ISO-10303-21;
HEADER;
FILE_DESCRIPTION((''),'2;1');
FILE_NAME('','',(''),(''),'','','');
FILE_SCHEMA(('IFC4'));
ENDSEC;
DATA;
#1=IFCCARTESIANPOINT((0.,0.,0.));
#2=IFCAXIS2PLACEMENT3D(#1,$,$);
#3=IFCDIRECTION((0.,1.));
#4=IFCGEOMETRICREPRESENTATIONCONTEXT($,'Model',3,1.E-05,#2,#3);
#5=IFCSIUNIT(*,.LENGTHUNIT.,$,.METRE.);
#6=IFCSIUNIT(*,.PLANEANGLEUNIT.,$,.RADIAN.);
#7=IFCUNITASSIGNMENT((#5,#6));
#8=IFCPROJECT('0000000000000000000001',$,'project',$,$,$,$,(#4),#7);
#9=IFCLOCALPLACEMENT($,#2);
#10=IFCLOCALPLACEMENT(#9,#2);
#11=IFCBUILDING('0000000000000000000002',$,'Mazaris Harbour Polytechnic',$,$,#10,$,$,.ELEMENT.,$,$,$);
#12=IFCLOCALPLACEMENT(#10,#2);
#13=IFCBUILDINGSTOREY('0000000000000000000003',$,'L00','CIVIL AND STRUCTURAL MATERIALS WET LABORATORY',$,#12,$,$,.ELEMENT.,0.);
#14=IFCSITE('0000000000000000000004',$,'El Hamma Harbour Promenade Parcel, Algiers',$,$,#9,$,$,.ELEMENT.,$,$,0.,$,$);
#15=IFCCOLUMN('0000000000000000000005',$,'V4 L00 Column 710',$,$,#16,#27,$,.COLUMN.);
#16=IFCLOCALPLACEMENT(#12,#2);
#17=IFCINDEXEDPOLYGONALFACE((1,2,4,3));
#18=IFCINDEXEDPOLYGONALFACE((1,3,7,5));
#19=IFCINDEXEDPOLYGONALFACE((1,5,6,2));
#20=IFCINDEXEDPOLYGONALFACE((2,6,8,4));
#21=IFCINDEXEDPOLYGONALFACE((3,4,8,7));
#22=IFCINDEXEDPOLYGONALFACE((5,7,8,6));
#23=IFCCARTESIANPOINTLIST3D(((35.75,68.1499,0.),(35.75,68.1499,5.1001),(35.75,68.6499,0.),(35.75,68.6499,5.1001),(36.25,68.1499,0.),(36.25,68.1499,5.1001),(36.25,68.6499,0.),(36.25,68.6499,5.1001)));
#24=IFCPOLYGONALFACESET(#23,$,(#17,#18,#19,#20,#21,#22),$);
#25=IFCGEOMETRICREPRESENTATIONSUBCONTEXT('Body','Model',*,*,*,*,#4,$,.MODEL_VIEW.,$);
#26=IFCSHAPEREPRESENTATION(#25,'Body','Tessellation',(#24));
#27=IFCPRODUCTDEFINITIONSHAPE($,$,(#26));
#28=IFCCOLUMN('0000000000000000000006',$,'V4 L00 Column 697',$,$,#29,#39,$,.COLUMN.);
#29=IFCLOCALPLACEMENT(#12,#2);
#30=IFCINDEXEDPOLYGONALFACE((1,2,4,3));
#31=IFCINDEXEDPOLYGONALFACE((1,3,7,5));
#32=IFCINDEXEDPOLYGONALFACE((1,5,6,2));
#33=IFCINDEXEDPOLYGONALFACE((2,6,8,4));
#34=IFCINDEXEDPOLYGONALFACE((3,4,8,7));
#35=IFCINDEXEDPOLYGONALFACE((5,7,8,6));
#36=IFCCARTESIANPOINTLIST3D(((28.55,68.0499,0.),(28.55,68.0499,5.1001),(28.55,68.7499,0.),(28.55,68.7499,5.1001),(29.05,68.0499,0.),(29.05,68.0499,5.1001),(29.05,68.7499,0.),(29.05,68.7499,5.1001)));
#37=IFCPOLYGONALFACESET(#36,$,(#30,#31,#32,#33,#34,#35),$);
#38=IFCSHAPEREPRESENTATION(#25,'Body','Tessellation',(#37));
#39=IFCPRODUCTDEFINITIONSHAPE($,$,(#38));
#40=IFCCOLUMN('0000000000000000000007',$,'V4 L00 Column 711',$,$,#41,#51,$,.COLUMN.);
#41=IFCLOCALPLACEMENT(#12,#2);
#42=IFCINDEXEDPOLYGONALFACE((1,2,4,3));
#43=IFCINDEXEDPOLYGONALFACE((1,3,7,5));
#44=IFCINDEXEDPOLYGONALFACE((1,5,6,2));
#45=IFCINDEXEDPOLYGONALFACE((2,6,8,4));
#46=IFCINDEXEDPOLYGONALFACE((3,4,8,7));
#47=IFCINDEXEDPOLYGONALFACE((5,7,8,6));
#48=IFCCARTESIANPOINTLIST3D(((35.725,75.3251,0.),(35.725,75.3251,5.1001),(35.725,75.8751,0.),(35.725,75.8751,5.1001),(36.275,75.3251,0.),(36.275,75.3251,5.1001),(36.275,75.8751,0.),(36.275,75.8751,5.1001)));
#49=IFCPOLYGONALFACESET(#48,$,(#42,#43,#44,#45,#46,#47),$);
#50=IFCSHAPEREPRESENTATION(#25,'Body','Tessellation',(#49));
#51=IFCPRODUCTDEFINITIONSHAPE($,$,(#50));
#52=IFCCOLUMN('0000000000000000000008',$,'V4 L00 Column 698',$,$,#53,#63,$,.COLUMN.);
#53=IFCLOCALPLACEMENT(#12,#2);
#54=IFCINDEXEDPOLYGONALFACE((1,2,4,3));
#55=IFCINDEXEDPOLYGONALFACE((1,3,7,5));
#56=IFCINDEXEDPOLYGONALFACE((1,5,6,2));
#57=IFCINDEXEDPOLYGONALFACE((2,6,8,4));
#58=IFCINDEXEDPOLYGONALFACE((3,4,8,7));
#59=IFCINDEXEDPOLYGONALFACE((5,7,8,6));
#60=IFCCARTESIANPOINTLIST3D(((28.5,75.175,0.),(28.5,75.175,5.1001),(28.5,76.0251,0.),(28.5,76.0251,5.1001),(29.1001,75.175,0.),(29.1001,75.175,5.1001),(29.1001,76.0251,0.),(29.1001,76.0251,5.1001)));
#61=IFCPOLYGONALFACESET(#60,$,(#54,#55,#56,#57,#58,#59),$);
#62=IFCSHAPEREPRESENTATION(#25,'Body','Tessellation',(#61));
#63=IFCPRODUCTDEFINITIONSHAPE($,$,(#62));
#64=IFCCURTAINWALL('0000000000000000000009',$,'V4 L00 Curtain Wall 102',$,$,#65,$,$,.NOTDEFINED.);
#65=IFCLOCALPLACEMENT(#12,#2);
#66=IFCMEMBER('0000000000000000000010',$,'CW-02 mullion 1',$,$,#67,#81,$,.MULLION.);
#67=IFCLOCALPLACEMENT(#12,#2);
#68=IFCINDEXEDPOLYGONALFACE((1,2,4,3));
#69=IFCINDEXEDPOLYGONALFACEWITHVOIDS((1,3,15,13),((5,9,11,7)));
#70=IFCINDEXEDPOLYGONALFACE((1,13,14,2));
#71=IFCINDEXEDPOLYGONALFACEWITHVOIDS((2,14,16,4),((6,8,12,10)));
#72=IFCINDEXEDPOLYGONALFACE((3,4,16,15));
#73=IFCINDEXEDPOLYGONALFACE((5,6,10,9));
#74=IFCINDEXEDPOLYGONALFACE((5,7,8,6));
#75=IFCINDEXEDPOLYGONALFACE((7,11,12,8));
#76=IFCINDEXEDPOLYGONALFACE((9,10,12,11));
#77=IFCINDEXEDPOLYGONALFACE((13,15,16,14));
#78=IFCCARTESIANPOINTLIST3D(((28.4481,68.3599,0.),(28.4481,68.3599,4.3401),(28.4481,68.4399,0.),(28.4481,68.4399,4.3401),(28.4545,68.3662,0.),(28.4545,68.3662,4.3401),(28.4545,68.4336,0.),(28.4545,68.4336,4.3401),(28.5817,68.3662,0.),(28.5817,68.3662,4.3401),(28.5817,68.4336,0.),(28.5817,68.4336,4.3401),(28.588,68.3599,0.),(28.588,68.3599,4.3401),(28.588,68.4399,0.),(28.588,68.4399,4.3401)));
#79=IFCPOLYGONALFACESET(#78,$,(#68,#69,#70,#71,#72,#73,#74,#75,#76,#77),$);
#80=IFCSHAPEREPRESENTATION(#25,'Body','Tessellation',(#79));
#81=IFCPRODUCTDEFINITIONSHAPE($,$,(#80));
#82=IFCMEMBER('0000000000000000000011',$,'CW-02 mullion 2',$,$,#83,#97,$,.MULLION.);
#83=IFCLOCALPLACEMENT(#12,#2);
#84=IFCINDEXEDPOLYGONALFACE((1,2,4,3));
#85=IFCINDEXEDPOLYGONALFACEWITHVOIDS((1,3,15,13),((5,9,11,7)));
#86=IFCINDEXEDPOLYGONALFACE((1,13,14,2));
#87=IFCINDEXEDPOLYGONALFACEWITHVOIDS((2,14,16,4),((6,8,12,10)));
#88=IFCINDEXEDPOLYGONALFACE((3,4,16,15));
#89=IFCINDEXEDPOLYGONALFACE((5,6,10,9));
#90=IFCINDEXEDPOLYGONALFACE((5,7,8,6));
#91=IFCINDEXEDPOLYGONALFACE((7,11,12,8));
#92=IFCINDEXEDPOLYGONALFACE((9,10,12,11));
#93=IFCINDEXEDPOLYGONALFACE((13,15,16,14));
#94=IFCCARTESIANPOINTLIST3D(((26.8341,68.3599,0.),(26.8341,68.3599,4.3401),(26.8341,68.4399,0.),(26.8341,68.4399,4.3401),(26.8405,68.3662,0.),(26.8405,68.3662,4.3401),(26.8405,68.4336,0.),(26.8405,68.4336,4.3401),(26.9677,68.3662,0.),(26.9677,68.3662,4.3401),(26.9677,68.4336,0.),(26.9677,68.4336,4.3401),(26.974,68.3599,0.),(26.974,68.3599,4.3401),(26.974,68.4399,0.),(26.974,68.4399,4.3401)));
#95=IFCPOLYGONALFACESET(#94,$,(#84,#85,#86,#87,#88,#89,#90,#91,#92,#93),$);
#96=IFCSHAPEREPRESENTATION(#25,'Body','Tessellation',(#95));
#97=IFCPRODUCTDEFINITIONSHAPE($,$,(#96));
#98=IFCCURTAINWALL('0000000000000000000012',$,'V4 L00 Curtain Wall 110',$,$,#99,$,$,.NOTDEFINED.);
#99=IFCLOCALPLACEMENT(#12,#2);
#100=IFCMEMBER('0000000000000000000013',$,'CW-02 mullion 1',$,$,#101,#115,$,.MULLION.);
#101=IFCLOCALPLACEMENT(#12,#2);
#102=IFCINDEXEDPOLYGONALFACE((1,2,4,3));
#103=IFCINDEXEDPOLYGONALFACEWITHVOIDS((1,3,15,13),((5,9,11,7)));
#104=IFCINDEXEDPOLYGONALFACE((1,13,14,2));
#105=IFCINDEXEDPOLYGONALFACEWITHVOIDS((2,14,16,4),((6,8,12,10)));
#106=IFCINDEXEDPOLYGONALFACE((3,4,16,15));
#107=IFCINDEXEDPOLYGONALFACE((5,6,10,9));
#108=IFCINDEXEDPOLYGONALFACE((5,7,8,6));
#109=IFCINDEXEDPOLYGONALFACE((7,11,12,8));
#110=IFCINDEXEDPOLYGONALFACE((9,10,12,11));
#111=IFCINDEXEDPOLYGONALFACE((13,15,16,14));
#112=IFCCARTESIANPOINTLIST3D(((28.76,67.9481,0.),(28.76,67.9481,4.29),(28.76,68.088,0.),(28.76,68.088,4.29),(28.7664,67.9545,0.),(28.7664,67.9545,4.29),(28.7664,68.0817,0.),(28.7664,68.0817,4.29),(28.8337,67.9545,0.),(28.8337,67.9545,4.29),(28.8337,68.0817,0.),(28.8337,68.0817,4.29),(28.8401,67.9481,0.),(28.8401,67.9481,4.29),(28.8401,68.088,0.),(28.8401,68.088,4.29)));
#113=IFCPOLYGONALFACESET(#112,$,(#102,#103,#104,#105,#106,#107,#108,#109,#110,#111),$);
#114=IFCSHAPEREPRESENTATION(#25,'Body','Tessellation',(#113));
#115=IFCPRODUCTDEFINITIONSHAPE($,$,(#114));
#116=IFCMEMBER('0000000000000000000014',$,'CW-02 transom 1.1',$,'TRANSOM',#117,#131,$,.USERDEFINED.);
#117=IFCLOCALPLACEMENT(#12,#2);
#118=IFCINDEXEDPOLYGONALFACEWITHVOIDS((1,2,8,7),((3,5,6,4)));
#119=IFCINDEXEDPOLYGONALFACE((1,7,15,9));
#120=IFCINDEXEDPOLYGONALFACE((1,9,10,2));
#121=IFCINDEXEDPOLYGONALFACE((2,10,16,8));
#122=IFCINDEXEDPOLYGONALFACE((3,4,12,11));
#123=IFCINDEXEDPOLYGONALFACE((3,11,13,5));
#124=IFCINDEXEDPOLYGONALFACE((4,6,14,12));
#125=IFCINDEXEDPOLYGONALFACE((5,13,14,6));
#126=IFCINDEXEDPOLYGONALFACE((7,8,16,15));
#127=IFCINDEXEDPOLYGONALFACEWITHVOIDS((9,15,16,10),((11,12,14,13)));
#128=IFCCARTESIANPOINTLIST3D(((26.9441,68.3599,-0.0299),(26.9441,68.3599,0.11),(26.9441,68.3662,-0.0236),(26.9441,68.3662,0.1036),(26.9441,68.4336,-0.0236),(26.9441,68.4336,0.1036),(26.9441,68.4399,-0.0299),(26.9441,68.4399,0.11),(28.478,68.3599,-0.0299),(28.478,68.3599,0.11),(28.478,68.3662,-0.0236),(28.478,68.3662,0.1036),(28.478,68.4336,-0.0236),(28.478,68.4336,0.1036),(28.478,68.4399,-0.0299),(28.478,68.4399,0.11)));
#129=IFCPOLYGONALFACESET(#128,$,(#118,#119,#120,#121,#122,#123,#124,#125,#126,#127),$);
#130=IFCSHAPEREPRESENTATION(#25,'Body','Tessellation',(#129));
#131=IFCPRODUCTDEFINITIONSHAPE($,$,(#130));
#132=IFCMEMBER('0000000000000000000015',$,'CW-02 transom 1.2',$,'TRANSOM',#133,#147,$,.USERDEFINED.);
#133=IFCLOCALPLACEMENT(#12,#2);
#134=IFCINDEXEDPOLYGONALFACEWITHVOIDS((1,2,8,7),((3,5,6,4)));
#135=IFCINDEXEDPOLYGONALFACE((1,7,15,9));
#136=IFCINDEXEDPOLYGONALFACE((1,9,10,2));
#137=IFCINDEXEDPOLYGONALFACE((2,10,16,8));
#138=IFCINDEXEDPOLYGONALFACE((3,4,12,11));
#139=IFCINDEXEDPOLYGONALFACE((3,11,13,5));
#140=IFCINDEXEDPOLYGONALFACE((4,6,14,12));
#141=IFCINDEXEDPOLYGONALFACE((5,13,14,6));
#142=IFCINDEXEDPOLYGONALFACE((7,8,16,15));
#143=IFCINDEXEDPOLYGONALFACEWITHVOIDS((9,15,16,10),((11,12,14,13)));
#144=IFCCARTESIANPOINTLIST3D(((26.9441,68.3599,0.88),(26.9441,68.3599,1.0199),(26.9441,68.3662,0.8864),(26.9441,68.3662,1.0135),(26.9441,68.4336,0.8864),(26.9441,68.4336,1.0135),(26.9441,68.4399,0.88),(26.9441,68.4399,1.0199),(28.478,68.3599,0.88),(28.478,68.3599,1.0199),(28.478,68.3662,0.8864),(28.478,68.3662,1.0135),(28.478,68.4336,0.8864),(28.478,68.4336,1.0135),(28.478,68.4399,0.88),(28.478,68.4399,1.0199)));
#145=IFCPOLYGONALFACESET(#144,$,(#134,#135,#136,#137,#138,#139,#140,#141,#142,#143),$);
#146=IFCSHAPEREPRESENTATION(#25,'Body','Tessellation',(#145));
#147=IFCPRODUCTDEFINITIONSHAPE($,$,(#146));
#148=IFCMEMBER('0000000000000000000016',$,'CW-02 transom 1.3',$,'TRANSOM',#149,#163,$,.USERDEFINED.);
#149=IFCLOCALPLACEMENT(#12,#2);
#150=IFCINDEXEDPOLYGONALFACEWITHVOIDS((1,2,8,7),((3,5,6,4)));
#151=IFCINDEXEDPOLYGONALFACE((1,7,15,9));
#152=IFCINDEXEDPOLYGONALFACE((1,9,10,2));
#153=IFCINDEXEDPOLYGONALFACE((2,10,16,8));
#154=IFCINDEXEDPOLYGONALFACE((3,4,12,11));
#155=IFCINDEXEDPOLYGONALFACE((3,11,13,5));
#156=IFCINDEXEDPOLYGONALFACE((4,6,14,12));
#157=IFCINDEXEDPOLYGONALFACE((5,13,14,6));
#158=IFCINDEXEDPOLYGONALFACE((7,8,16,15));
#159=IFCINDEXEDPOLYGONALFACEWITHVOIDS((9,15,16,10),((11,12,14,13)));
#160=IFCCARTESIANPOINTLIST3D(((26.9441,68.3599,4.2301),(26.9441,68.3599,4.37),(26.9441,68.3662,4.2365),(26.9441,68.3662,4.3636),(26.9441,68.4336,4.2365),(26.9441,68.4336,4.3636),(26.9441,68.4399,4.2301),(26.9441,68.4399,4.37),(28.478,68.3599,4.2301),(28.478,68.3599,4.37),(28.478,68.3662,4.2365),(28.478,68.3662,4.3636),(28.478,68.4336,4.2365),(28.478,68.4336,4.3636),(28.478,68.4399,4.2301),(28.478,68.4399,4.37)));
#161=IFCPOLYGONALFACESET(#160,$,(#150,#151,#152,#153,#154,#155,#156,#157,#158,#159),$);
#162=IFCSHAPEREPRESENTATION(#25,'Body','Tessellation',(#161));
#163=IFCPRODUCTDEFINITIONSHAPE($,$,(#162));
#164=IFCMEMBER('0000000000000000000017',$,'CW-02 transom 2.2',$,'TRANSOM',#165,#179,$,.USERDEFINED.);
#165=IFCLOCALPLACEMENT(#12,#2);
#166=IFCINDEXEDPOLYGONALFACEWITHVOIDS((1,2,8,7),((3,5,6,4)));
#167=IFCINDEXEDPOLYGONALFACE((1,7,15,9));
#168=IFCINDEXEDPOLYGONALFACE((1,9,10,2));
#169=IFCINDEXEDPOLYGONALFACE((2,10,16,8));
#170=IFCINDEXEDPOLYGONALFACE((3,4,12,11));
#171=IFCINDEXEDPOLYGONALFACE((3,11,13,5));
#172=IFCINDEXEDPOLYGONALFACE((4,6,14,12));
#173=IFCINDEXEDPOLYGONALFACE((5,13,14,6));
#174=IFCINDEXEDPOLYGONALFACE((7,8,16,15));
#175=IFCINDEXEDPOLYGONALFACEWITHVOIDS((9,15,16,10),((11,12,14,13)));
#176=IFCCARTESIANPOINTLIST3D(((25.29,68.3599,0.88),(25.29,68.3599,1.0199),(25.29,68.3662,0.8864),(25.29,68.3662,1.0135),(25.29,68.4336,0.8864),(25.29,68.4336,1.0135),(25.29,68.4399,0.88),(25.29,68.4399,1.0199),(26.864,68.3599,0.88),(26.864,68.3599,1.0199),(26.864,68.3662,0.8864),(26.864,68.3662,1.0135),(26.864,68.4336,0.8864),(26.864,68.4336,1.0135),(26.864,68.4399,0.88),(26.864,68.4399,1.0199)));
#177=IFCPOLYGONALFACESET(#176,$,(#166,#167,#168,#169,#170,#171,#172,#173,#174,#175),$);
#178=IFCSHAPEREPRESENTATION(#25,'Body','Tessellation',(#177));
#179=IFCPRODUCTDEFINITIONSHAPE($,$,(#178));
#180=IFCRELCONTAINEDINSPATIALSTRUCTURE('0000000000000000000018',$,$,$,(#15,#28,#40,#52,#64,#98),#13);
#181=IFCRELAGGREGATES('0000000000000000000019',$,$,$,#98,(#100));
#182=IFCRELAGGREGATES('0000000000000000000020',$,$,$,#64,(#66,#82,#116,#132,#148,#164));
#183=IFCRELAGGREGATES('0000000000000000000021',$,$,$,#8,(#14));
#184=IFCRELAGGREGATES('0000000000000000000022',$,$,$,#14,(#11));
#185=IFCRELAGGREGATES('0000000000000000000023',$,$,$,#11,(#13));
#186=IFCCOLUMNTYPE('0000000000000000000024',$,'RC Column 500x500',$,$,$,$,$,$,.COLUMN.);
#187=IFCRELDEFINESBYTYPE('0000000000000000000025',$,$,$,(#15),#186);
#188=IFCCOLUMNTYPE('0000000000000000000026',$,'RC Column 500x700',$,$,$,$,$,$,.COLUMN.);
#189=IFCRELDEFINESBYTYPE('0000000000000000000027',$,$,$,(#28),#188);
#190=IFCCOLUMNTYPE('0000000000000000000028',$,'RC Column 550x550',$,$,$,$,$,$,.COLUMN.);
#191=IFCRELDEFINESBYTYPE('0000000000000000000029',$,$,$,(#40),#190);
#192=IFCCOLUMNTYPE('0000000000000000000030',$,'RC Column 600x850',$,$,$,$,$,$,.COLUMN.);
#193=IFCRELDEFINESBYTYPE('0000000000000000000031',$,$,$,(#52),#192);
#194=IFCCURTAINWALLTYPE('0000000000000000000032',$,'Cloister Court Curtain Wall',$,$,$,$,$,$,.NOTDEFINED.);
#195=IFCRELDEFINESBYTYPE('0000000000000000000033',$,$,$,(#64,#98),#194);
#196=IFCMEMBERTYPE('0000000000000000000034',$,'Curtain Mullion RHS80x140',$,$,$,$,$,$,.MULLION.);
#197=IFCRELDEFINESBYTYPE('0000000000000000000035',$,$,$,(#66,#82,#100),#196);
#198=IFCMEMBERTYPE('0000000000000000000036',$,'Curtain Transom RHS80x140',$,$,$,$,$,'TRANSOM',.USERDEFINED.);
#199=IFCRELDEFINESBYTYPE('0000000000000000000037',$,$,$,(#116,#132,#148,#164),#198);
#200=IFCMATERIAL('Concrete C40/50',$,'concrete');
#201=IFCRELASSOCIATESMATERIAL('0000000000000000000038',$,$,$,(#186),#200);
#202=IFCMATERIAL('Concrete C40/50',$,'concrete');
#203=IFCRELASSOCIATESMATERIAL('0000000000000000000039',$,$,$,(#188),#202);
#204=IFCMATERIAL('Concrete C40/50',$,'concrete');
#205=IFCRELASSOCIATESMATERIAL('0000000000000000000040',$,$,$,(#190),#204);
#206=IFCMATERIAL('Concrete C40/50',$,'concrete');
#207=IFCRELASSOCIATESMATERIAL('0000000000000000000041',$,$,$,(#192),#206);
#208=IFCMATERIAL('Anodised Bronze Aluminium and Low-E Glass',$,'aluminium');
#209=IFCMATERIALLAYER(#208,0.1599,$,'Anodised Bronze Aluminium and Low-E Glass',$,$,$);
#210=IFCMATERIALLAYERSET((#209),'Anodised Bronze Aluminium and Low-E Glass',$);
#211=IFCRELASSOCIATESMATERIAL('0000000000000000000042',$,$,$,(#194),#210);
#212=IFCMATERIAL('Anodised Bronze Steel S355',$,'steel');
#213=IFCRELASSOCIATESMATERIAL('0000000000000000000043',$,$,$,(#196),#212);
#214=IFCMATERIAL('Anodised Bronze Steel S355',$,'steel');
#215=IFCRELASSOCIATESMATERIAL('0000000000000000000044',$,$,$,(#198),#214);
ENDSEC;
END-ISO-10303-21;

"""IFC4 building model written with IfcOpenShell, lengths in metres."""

from ifc_helpers import new_model, si_unit, direction, frame, origin, origin_2d, place, context, subcontext, project, spatial, rectangle, hollow_rectangle, extrude, material, layer, layer_set, material_profile, profile_set, type_object, element, aggregate, save


model = new_model("IFC4")

# Units and contexts
model_context = context("Model", 3, precision=1e-05, world=origin(), true_north=direction((0.0, 1.0)))
body_context = subcontext(model_context, "Body", "Model", "MODEL_VIEW")
ifc_project = project(units=[si_unit("LENGTHUNIT", "METRE"), si_unit("PLANEANGLEUNIT", "RADIAN")], contexts=[model_context])

# Site, building, storey
site_placement = place(None, origin())
site = spatial("IfcSite", under=ifc_project, at=site_placement, Name="El Hamma Harbour Promenade Parcel, Algiers", CompositionType="ELEMENT", RefElevation=0.0)
building_placement = place(site_placement, origin())
building = spatial("IfcBuilding", under=site, at=building_placement, Name="Mazaris Harbour Polytechnic", CompositionType="ELEMENT")
storey_placement = place(building_placement, origin())
storey = spatial("IfcBuildingStorey", under=building, at=storey_placement, Name="L00", Description="CIVIL AND STRUCTURAL MATERIALS WET LABORATORY", CompositionType="ELEMENT", Elevation=0.0)

# Columns
ifc_material_1 = material(Name="Concrete C40/50", Category="concrete")
ifc_material_profile_1 = material_profile(ifc_material_1, rectangle(XDim=0.5, YDim=0.5, at=origin_2d()), Name="RECT500x500")
ifc_profile_set_1 = profile_set([ifc_material_profile_1], Name="Concrete C40/50")
column_type_1 = type_object("IfcColumnType", Name="RC Column 500x500", PredefinedType="COLUMN", material=ifc_profile_set_1)
column_1_placement = place(storey_placement, frame((36.0, 68.3999, 0.0), z_axis=(0.0, 0.0, 1.0), x_axis=(1.0, 0.0, 0.0)))
element("IfcColumn", 1, at=column_1_placement, inside=storey, type_object=column_type_1, Name="V4 L00 Column 710", PredefinedType="COLUMN", context=body_context, shape_type="SweptSolid", body=[
    extrude(rectangle(XDim=0.5, YDim=0.5, at=origin_2d()), origin(), (0.0, 0.0, 1.0), 5.1001),
])
ifc_material_2 = material(Name="Concrete C40/50", Category="concrete")
ifc_material_profile_2 = material_profile(ifc_material_2, rectangle(XDim=0.5, YDim=0.7, at=origin_2d()), Name="RECT500x700")
ifc_profile_set_2 = profile_set([ifc_material_profile_2], Name="Concrete C40/50")
column_type_2 = type_object("IfcColumnType", Name="RC Column 500x700", PredefinedType="COLUMN", material=ifc_profile_set_2)
column_2_placement = place(storey_placement, frame((28.8, 68.3999, 0.0), z_axis=(0.0, 0.0, 1.0), x_axis=(1.0, 0.0, 0.0)))
element("IfcColumn", 2, at=column_2_placement, inside=storey, type_object=column_type_2, Name="V4 L00 Column 697", PredefinedType="COLUMN", context=body_context, shape_type="SweptSolid", body=[
    extrude(rectangle(XDim=0.5, YDim=0.7, at=origin_2d()), origin(), (0.0, 0.0, 1.0), 5.1001),
])
ifc_material_3 = material(Name="Concrete C40/50", Category="concrete")
ifc_material_profile_3 = material_profile(ifc_material_3, rectangle(XDim=0.55, YDim=0.55, at=origin_2d()), Name="RECT550x550")
ifc_profile_set_3 = profile_set([ifc_material_profile_3], Name="Concrete C40/50")
column_type_3 = type_object("IfcColumnType", Name="RC Column 550x550", PredefinedType="COLUMN", material=ifc_profile_set_3)
column_3_placement = place(storey_placement, frame((36.0, 75.6001, 0.0), z_axis=(0.0, 0.0, 1.0), x_axis=(1.0, 0.0, 0.0)))
element("IfcColumn", 3, at=column_3_placement, inside=storey, type_object=column_type_3, Name="V4 L00 Column 711", PredefinedType="COLUMN", context=body_context, shape_type="SweptSolid", body=[
    extrude(rectangle(XDim=0.55, YDim=0.55, at=origin_2d()), origin(), (0.0, 0.0, 1.0), 5.1001),
])
ifc_material_4 = material(Name="Concrete C40/50", Category="concrete")
ifc_material_profile_4 = material_profile(ifc_material_4, rectangle(XDim=0.6001, YDim=0.8501, at=origin_2d()), Name="RECT600x850")
ifc_profile_set_4 = profile_set([ifc_material_profile_4], Name="Concrete C40/50")
column_type_4 = type_object("IfcColumnType", Name="RC Column 600x850", PredefinedType="COLUMN", material=ifc_profile_set_4)
column_4_placement = place(storey_placement, frame((28.8, 75.6001, 0.0), z_axis=(0.0, 0.0, 1.0), x_axis=(1.0, 0.0, 0.0)))
element("IfcColumn", 4, at=column_4_placement, inside=storey, type_object=column_type_4, Name="V4 L00 Column 698", PredefinedType="COLUMN", context=body_context, shape_type="SweptSolid", body=[
    extrude(rectangle(XDim=0.6001, YDim=0.8501, at=origin_2d()), origin(), (0.0, 0.0, 1.0), 5.1001),
])

# Curtain wall, members
ifc_material_5 = material(Name="Anodised Bronze Aluminium and Low-E Glass", Category="aluminium")
ifc_layer_1 = layer(ifc_material_5, 0.1599, Name="Anodised Bronze Aluminium and Low-E Glass")
ifc_layer_set_1 = layer_set([ifc_layer_1], Name="Anodised Bronze Aluminium and Low-E Glass")
curtain_wall_type = type_object("IfcCurtainWallType", Name="Cloister Court Curtain Wall", PredefinedType="NOTDEFINED", material=ifc_layer_set_1)
curtain_wall_1_placement = place(storey_placement, origin())
curtain_wall_1 = element("IfcCurtainWall", 5, at=curtain_wall_1_placement, inside=storey, type_object=curtain_wall_type, Name="V4 L00 Curtain Wall 102", PredefinedType="NOTDEFINED")
ifc_material_6 = material(Name="Anodised Bronze Steel S355", Category="steel")
ifc_material_profile_5 = material_profile(ifc_material_6, hollow_rectangle(XDim=0.0801, YDim=0.1399, WallThickness=0.0063, at=origin_2d()), Name="RHS 80x140x6.3")
ifc_profile_set_5 = profile_set([ifc_material_profile_5], Name="Anodised Bronze Steel S355")
member_type_1 = type_object("IfcMemberType", Name="Curtain Mullion RHS80x140", PredefinedType="MULLION", material=ifc_profile_set_5)
member_1_placement = place(storey_placement, frame((28.5181, 68.3999, 0.0), z_axis=(0.0, 0.0, 1.0), x_axis=(0.0, -1.0, 0.0)))
member_1 = element("IfcMember", 6, at=member_1_placement, type_object=member_type_1, Name="CW-02 mullion 1", PredefinedType="MULLION", context=body_context, shape_type="SweptSolid", body=[
    extrude(hollow_rectangle(XDim=0.0801, YDim=0.1399, WallThickness=0.0063, at=origin_2d()), origin(), (0.0, 0.0, 1.0), 4.3401),
])
member_2_placement = place(storey_placement, frame((26.9041, 68.3999, 0.0), z_axis=(0.0, 0.0, 1.0), x_axis=(0.0, -1.0, 0.0)))
member_2 = element("IfcMember", 7, at=member_2_placement, type_object=member_type_1, Name="CW-02 mullion 2", PredefinedType="MULLION", context=body_context, shape_type="SweptSolid", body=[
    extrude(hollow_rectangle(XDim=0.0801, YDim=0.1399, WallThickness=0.0063, at=origin_2d()), origin(), (0.0, 0.0, 1.0), 4.3401),
])

# Curtain wall, member
curtain_wall_2_placement = place(storey_placement, origin())
curtain_wall_2 = element("IfcCurtainWall", 8, at=curtain_wall_2_placement, inside=storey, type_object=curtain_wall_type, Name="V4 L00 Curtain Wall 110", PredefinedType="NOTDEFINED")
member_3_placement = place(storey_placement, frame((28.8, 68.0181, 0.0), z_axis=(0.0, 0.0, 1.0), x_axis=(1.0, 0.0, 0.0)))
member_3 = element("IfcMember", 9, at=member_3_placement, type_object=member_type_1, Name="CW-02 mullion 1", PredefinedType="MULLION", context=body_context, shape_type="SweptSolid", body=[
    extrude(hollow_rectangle(XDim=0.0801, YDim=0.1399, WallThickness=0.0063, at=origin_2d()), origin(), (0.0, 0.0, 1.0), 4.29),
])

# Members
ifc_material_7 = material(Name="Anodised Bronze Steel S355", Category="steel")
ifc_material_profile_6 = material_profile(ifc_material_7, hollow_rectangle(XDim=0.0801, YDim=0.1399, WallThickness=0.0063, at=origin_2d()), Name="RHS 80x140x6.3")
ifc_profile_set_6 = profile_set([ifc_material_profile_6], Name="Anodised Bronze Steel S355")
member_type_2 = type_object("IfcMemberType", Name="Curtain Transom RHS80x140", ElementType="TRANSOM", PredefinedType="USERDEFINED", material=ifc_profile_set_6)
member_4_placement = place(storey_placement, frame((28.478, 68.3999, 0.04), z_axis=(-1.0, 0.0, 0.0), x_axis=(0.0, -1.0, 0.0)))
member_4 = element("IfcMember", 10, at=member_4_placement, type_object=member_type_2, Name="CW-02 transom 1.1", ObjectType="TRANSOM", PredefinedType="USERDEFINED", context=body_context, shape_type="SweptSolid", body=[
    extrude(hollow_rectangle(XDim=0.0801, YDim=0.1399, WallThickness=0.0063, at=origin_2d()), origin(), (0.0, 0.0, 1.0), 1.5339),
])
member_5_placement = place(storey_placement, frame((28.478, 68.3999, 0.95), z_axis=(-1.0, 0.0, 0.0), x_axis=(0.0, -1.0, 0.0)))
member_5 = element("IfcMember", 11, at=member_5_placement, type_object=member_type_2, Name="CW-02 transom 1.2", ObjectType="TRANSOM", PredefinedType="USERDEFINED", context=body_context, shape_type="SweptSolid", body=[
    extrude(hollow_rectangle(XDim=0.0801, YDim=0.1399, WallThickness=0.0063, at=origin_2d()), origin(), (0.0, 0.0, 1.0), 1.5339),
])
member_6_placement = place(storey_placement, frame((28.478, 68.3999, 4.3), z_axis=(-1.0, 0.0, 0.0), x_axis=(0.0, -1.0, 0.0)))
member_6 = element("IfcMember", 12, at=member_6_placement, type_object=member_type_2, Name="CW-02 transom 1.3", ObjectType="TRANSOM", PredefinedType="USERDEFINED", context=body_context, shape_type="SweptSolid", body=[
    extrude(hollow_rectangle(XDim=0.0801, YDim=0.1399, WallThickness=0.0063, at=origin_2d()), origin(), (0.0, 0.0, 1.0), 1.5339),
])
member_7_placement = place(storey_placement, frame((26.864, 68.3999, 0.95), z_axis=(-1.0, 0.0, 0.0), x_axis=(0.0, -1.0, 0.0)))
member_7 = element("IfcMember", 13, at=member_7_placement, type_object=member_type_2, Name="CW-02 transom 2.2", ObjectType="TRANSOM", PredefinedType="USERDEFINED", context=body_context, shape_type="SweptSolid", body=[
    extrude(hollow_rectangle(XDim=0.0801, YDim=0.1399, WallThickness=0.0063, at=origin_2d()), origin(), (0.0, 0.0, 1.0), 1.574),
])
aggregate(curtain_wall_2, [member_3])

aggregate(curtain_wall_1, [member_1, member_2, member_4, member_5, member_6, member_7])

save(model, "model.ifc")
